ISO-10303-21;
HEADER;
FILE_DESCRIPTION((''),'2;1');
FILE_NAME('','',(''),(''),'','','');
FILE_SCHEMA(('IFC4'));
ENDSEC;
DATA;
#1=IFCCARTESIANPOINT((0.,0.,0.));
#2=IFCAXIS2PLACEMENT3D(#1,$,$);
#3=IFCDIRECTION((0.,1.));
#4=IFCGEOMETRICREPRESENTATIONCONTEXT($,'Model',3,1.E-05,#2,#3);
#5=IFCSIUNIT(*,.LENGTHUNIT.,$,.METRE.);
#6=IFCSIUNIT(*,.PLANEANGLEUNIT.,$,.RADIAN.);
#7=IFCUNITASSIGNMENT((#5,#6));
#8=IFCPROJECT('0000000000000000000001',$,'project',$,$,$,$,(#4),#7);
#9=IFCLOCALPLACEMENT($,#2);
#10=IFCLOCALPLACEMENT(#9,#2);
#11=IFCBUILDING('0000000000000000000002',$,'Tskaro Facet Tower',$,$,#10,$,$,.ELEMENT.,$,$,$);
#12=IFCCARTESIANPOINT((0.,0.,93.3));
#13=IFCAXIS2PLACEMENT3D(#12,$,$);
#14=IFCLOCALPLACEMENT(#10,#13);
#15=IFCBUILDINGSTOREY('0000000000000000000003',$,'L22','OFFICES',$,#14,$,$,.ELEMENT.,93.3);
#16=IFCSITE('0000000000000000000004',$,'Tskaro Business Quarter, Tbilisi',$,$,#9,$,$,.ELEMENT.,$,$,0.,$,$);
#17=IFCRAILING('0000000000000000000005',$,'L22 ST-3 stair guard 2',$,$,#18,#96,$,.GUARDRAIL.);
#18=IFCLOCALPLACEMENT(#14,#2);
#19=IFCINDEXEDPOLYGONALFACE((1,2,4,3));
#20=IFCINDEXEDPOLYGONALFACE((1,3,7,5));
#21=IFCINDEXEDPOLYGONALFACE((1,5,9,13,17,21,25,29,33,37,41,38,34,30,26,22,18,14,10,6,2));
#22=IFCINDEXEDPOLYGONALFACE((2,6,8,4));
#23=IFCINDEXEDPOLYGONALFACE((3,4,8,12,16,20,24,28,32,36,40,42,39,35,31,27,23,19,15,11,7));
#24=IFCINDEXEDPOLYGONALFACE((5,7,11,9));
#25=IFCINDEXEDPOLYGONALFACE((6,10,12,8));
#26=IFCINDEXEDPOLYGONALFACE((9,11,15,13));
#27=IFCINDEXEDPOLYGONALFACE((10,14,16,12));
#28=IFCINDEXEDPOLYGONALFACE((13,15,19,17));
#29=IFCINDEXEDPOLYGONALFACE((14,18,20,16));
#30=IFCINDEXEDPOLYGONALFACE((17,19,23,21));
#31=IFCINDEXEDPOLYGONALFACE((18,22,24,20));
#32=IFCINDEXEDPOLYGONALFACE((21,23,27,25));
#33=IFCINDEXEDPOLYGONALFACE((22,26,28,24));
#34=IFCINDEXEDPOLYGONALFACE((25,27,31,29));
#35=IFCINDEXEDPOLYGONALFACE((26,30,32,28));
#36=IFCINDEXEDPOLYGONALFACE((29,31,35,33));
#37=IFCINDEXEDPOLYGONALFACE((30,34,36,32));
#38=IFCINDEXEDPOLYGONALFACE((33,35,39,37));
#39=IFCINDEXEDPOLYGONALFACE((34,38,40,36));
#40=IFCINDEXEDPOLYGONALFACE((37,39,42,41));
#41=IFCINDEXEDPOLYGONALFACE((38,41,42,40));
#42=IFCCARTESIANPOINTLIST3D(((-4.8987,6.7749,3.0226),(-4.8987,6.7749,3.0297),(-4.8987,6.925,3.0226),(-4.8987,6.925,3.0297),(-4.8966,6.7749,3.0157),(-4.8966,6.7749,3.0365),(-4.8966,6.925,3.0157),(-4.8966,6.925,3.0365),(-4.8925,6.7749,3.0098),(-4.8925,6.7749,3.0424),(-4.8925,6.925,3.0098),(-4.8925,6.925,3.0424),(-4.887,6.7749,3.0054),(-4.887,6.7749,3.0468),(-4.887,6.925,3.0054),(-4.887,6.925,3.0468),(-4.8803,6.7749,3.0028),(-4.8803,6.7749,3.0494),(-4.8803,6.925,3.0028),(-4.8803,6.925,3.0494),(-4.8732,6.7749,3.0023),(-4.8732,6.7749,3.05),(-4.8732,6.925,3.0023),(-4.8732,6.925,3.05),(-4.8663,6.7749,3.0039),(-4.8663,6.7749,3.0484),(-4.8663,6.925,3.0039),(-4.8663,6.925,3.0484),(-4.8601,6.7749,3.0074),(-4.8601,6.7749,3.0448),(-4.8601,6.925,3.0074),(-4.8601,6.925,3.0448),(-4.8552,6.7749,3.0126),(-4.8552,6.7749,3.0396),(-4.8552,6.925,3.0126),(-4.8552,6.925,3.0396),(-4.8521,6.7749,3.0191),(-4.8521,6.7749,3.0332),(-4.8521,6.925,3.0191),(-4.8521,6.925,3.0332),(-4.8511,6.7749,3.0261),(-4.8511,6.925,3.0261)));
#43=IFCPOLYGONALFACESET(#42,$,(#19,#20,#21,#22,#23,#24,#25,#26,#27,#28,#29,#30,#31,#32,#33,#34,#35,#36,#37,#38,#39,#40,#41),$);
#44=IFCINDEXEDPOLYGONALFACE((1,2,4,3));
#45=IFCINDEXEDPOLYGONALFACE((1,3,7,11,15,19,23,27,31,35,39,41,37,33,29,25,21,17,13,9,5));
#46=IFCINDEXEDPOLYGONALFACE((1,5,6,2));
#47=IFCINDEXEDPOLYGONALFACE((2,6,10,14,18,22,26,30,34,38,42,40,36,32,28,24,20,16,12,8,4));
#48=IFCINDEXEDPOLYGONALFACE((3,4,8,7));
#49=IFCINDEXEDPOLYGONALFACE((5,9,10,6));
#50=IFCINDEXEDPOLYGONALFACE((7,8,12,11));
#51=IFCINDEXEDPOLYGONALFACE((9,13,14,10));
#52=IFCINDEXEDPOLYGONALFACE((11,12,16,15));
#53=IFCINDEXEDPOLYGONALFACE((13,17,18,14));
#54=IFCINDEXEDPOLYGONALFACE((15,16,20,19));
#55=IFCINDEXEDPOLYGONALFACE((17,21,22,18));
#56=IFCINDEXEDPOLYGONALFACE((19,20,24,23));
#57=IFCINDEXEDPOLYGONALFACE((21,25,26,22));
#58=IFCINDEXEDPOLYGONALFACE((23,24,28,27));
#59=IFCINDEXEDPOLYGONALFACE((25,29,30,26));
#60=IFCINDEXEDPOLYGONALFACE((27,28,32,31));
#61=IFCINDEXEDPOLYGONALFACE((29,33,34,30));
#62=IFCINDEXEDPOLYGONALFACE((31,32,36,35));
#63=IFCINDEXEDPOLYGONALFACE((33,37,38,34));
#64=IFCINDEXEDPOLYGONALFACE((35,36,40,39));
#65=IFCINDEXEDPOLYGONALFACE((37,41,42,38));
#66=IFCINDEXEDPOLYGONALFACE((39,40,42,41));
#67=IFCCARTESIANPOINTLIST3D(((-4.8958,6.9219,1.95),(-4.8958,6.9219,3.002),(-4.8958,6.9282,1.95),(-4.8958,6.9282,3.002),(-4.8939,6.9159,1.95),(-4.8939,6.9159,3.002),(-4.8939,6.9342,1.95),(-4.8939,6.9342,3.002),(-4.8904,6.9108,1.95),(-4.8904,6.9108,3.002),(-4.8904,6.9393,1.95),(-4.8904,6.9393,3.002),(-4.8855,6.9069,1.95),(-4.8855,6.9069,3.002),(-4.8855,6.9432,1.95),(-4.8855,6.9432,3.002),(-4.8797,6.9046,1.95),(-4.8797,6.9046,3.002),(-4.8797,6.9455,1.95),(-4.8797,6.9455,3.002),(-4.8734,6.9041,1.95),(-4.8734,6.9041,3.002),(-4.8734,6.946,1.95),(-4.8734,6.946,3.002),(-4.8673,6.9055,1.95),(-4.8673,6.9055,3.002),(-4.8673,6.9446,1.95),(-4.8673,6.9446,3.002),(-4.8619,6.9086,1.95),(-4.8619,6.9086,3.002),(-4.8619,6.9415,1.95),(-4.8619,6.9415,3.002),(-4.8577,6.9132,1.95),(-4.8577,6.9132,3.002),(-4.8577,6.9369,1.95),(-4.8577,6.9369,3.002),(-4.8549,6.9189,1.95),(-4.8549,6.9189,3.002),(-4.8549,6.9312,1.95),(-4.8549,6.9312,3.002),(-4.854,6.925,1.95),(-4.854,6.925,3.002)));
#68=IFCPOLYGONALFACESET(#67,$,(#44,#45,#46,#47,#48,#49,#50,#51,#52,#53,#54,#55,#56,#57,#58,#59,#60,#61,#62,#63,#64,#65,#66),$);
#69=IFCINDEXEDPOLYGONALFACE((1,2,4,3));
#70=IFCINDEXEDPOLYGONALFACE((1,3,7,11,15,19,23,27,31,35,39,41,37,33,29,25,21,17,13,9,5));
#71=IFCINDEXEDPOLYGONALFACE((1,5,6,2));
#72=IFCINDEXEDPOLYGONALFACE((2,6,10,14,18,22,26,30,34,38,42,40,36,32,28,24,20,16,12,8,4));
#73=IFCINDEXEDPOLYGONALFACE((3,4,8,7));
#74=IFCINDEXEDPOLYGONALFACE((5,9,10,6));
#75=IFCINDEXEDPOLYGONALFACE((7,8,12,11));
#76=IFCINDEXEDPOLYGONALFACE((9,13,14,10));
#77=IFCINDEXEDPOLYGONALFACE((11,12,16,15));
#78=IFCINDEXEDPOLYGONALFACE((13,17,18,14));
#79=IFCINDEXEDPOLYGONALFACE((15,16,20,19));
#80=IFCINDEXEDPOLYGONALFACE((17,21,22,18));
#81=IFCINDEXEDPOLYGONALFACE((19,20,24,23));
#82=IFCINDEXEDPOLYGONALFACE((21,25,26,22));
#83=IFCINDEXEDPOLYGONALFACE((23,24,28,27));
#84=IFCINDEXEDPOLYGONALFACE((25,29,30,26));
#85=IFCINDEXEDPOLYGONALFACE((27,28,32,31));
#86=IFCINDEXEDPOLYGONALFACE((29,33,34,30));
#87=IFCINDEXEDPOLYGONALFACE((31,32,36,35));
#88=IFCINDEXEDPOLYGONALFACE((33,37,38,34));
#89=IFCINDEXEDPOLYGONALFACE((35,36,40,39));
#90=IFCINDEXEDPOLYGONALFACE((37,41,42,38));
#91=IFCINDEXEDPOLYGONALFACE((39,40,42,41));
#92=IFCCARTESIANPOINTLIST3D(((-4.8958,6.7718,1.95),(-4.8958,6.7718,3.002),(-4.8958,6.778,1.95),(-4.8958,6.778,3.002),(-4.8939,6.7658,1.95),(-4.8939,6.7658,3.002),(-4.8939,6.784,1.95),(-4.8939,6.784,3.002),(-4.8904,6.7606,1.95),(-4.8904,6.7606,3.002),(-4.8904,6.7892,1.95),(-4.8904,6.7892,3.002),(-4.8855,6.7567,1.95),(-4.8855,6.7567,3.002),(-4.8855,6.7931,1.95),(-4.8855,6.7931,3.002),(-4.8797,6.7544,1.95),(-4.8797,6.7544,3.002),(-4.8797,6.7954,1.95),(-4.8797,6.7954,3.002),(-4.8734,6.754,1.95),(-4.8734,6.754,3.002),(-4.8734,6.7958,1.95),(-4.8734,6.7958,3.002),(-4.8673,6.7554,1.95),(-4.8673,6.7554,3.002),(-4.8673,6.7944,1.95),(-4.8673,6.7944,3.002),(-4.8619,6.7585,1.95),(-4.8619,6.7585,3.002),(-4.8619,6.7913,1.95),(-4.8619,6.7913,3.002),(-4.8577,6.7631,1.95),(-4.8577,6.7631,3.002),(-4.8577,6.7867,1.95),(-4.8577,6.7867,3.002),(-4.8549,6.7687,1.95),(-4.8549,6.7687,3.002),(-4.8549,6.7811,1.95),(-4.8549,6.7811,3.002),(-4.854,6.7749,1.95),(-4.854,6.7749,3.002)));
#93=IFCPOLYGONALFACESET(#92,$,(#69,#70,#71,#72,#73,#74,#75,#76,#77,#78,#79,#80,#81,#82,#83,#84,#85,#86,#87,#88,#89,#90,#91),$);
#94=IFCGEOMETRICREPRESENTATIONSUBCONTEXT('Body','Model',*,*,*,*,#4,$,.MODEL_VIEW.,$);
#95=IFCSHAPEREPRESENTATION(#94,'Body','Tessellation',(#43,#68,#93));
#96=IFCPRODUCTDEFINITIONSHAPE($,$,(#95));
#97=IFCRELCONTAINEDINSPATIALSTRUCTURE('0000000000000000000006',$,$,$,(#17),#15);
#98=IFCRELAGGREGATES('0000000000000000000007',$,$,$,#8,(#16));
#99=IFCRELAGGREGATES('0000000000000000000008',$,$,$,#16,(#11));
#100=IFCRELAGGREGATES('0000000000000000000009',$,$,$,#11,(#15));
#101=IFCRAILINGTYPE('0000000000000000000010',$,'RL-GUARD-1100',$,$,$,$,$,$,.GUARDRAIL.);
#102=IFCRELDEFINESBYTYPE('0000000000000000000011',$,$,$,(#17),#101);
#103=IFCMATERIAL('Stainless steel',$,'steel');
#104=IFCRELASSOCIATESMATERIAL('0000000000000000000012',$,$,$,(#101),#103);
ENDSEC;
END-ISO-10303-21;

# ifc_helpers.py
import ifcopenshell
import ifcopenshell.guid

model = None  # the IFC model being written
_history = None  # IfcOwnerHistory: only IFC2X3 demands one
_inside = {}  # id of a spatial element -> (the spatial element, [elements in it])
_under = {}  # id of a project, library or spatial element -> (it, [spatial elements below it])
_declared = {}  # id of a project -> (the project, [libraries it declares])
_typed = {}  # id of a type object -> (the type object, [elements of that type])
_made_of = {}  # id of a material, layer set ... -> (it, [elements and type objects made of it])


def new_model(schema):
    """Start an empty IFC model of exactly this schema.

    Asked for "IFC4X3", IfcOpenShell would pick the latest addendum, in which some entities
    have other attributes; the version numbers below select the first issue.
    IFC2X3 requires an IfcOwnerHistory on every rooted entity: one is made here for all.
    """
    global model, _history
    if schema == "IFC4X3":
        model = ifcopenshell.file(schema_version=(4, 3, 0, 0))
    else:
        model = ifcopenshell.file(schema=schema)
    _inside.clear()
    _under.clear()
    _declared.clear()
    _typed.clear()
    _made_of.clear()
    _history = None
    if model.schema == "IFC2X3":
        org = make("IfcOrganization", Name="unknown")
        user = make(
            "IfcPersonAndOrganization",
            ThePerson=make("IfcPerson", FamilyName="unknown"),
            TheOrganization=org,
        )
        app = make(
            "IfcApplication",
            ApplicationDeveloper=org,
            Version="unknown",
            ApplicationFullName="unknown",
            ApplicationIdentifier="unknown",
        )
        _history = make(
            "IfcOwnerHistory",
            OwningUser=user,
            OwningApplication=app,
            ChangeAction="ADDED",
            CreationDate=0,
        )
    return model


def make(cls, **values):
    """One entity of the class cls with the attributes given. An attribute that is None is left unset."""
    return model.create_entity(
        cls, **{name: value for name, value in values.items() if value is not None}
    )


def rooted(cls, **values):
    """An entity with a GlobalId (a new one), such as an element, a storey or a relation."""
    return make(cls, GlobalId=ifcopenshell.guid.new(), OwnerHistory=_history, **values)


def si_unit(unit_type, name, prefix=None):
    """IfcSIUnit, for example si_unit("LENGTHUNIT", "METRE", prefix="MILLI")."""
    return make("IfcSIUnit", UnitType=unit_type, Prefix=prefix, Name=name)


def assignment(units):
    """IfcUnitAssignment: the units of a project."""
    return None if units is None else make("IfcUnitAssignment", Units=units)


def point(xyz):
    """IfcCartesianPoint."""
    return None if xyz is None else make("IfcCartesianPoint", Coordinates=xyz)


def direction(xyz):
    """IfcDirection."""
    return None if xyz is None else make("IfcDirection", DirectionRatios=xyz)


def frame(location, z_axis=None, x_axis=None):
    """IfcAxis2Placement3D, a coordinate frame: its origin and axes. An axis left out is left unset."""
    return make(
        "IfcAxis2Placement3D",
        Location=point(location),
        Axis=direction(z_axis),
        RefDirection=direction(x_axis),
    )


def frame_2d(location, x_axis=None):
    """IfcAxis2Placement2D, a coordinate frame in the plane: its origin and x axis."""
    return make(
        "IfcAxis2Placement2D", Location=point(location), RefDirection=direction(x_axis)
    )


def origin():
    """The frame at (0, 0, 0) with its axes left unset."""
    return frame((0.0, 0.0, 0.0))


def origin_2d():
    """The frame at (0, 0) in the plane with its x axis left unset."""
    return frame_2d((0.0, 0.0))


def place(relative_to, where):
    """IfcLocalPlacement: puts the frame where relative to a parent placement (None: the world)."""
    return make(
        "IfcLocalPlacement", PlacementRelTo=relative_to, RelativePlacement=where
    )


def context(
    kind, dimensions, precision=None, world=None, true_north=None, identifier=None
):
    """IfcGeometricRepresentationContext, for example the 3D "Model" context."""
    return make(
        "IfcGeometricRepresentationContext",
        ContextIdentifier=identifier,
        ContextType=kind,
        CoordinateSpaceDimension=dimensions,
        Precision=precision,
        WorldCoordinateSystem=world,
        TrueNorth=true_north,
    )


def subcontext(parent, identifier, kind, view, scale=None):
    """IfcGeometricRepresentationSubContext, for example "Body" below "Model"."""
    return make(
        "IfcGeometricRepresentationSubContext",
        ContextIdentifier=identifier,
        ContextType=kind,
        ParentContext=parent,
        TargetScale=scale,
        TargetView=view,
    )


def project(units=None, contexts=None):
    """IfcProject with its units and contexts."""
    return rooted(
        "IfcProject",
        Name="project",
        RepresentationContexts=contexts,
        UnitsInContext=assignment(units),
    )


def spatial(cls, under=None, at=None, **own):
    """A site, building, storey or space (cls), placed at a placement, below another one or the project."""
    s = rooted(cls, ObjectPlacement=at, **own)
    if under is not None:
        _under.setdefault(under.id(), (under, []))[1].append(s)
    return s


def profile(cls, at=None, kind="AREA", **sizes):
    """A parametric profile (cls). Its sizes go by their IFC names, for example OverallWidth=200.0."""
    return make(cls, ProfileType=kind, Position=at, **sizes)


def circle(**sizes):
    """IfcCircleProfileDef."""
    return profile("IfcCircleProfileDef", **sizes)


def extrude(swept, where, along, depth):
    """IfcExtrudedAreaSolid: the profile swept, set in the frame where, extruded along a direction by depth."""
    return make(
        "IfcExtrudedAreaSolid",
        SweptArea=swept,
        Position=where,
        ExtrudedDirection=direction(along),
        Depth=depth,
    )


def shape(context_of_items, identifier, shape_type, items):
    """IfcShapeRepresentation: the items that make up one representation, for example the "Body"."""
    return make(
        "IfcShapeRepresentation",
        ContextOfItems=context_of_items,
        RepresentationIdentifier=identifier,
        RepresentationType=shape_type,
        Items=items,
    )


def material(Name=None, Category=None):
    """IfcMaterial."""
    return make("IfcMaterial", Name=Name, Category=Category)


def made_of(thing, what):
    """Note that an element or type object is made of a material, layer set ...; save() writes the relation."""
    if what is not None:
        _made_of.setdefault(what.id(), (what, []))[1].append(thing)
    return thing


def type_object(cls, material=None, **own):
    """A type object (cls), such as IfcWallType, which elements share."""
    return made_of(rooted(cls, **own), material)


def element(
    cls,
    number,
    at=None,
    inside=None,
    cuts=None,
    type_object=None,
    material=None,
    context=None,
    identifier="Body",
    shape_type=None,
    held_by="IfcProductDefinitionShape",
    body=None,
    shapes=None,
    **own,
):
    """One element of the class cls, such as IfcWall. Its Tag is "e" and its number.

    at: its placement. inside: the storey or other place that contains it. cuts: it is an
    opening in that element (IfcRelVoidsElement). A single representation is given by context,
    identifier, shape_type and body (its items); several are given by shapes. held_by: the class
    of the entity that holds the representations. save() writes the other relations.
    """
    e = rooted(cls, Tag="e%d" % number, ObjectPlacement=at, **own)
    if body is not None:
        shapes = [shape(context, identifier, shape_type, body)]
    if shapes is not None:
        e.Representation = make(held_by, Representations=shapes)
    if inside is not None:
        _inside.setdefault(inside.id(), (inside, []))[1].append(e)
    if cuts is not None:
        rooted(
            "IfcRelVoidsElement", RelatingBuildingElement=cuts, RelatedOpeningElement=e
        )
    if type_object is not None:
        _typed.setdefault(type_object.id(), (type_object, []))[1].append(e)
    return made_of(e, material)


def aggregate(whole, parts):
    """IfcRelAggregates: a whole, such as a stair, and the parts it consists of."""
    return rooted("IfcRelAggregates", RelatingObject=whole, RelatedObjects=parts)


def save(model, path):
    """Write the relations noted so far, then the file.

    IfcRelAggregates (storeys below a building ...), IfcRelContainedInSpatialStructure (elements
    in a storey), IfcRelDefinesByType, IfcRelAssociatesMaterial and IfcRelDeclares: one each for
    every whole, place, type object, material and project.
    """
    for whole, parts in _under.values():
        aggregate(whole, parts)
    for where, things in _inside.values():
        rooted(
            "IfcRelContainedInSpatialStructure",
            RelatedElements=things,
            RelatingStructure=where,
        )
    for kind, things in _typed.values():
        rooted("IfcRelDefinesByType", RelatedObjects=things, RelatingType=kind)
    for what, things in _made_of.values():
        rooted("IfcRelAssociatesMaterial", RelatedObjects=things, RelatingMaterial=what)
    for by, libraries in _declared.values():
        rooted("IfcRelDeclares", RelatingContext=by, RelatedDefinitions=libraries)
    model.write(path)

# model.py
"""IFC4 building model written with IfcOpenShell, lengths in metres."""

from ifc_helpers import new_model, si_unit, direction, frame, origin, origin_2d, place, context, subcontext, project, spatial, circle, extrude, material, type_object, element, save


model = new_model("IFC4")

# Units and contexts
model_context = context("Model", 3, precision=1e-05, world=origin(), true_north=direction((0.0, 1.0)))
body_context = subcontext(model_context, "Body", "Model", "MODEL_VIEW")
ifc_project = project(units=[si_unit("LENGTHUNIT", "METRE"), si_unit("PLANEANGLEUNIT", "RADIAN")], contexts=[model_context])

# Site, building, storey
site_placement = place(None, origin())
site = spatial("IfcSite", under=ifc_project, at=site_placement, Name="Tskaro Business Quarter, Tbilisi", CompositionType="ELEMENT", RefElevation=0.0)
building_placement = place(site_placement, origin())
building = spatial("IfcBuilding", under=site, at=building_placement, Name="Tskaro Facet Tower", CompositionType="ELEMENT")
storey_placement = place(building_placement, frame((0.0, 0.0, 93.3)))
storey = spatial("IfcBuildingStorey", under=building, at=storey_placement, Name="L22", Description="OFFICES", CompositionType="ELEMENT", Elevation=93.3)

# Railing
ifc_material_1 = material(Name="Stainless steel", Category="steel")
railing_type_1 = type_object("IfcRailingType", Name="RL-GUARD-1100", PredefinedType="GUARDRAIL", material=ifc_material_1)
railing_1_placement = place(storey_placement, frame((-4.875, 6.925, 1.95)))
element("IfcRailing", 1, at=railing_1_placement, inside=storey, type_object=railing_type_1, Name="L22 ST-3 stair guard 2", PredefinedType="GUARDRAIL", context=body_context, shape_type="SweptSolid", body=[
    extrude(circle(Radius=0.0239, at=origin_2d()), frame((0.0, 0.0, 1.0762), z_axis=(0.0, -1.0, 0.0), x_axis=(1.0, 0.0, 0.0)), (0.0, 0.0, 1.0), 0.1501),
    extrude(circle(Radius=0.021, at=origin_2d()), origin(), (0.0, 0.0, 1.0), 1.052),
    extrude(circle(Radius=0.021, at=origin_2d()), frame((0.0, -0.1501, 0.0)), (0.0, 0.0, 1.0), 1.052),
])

save(model, "model.ifc")
